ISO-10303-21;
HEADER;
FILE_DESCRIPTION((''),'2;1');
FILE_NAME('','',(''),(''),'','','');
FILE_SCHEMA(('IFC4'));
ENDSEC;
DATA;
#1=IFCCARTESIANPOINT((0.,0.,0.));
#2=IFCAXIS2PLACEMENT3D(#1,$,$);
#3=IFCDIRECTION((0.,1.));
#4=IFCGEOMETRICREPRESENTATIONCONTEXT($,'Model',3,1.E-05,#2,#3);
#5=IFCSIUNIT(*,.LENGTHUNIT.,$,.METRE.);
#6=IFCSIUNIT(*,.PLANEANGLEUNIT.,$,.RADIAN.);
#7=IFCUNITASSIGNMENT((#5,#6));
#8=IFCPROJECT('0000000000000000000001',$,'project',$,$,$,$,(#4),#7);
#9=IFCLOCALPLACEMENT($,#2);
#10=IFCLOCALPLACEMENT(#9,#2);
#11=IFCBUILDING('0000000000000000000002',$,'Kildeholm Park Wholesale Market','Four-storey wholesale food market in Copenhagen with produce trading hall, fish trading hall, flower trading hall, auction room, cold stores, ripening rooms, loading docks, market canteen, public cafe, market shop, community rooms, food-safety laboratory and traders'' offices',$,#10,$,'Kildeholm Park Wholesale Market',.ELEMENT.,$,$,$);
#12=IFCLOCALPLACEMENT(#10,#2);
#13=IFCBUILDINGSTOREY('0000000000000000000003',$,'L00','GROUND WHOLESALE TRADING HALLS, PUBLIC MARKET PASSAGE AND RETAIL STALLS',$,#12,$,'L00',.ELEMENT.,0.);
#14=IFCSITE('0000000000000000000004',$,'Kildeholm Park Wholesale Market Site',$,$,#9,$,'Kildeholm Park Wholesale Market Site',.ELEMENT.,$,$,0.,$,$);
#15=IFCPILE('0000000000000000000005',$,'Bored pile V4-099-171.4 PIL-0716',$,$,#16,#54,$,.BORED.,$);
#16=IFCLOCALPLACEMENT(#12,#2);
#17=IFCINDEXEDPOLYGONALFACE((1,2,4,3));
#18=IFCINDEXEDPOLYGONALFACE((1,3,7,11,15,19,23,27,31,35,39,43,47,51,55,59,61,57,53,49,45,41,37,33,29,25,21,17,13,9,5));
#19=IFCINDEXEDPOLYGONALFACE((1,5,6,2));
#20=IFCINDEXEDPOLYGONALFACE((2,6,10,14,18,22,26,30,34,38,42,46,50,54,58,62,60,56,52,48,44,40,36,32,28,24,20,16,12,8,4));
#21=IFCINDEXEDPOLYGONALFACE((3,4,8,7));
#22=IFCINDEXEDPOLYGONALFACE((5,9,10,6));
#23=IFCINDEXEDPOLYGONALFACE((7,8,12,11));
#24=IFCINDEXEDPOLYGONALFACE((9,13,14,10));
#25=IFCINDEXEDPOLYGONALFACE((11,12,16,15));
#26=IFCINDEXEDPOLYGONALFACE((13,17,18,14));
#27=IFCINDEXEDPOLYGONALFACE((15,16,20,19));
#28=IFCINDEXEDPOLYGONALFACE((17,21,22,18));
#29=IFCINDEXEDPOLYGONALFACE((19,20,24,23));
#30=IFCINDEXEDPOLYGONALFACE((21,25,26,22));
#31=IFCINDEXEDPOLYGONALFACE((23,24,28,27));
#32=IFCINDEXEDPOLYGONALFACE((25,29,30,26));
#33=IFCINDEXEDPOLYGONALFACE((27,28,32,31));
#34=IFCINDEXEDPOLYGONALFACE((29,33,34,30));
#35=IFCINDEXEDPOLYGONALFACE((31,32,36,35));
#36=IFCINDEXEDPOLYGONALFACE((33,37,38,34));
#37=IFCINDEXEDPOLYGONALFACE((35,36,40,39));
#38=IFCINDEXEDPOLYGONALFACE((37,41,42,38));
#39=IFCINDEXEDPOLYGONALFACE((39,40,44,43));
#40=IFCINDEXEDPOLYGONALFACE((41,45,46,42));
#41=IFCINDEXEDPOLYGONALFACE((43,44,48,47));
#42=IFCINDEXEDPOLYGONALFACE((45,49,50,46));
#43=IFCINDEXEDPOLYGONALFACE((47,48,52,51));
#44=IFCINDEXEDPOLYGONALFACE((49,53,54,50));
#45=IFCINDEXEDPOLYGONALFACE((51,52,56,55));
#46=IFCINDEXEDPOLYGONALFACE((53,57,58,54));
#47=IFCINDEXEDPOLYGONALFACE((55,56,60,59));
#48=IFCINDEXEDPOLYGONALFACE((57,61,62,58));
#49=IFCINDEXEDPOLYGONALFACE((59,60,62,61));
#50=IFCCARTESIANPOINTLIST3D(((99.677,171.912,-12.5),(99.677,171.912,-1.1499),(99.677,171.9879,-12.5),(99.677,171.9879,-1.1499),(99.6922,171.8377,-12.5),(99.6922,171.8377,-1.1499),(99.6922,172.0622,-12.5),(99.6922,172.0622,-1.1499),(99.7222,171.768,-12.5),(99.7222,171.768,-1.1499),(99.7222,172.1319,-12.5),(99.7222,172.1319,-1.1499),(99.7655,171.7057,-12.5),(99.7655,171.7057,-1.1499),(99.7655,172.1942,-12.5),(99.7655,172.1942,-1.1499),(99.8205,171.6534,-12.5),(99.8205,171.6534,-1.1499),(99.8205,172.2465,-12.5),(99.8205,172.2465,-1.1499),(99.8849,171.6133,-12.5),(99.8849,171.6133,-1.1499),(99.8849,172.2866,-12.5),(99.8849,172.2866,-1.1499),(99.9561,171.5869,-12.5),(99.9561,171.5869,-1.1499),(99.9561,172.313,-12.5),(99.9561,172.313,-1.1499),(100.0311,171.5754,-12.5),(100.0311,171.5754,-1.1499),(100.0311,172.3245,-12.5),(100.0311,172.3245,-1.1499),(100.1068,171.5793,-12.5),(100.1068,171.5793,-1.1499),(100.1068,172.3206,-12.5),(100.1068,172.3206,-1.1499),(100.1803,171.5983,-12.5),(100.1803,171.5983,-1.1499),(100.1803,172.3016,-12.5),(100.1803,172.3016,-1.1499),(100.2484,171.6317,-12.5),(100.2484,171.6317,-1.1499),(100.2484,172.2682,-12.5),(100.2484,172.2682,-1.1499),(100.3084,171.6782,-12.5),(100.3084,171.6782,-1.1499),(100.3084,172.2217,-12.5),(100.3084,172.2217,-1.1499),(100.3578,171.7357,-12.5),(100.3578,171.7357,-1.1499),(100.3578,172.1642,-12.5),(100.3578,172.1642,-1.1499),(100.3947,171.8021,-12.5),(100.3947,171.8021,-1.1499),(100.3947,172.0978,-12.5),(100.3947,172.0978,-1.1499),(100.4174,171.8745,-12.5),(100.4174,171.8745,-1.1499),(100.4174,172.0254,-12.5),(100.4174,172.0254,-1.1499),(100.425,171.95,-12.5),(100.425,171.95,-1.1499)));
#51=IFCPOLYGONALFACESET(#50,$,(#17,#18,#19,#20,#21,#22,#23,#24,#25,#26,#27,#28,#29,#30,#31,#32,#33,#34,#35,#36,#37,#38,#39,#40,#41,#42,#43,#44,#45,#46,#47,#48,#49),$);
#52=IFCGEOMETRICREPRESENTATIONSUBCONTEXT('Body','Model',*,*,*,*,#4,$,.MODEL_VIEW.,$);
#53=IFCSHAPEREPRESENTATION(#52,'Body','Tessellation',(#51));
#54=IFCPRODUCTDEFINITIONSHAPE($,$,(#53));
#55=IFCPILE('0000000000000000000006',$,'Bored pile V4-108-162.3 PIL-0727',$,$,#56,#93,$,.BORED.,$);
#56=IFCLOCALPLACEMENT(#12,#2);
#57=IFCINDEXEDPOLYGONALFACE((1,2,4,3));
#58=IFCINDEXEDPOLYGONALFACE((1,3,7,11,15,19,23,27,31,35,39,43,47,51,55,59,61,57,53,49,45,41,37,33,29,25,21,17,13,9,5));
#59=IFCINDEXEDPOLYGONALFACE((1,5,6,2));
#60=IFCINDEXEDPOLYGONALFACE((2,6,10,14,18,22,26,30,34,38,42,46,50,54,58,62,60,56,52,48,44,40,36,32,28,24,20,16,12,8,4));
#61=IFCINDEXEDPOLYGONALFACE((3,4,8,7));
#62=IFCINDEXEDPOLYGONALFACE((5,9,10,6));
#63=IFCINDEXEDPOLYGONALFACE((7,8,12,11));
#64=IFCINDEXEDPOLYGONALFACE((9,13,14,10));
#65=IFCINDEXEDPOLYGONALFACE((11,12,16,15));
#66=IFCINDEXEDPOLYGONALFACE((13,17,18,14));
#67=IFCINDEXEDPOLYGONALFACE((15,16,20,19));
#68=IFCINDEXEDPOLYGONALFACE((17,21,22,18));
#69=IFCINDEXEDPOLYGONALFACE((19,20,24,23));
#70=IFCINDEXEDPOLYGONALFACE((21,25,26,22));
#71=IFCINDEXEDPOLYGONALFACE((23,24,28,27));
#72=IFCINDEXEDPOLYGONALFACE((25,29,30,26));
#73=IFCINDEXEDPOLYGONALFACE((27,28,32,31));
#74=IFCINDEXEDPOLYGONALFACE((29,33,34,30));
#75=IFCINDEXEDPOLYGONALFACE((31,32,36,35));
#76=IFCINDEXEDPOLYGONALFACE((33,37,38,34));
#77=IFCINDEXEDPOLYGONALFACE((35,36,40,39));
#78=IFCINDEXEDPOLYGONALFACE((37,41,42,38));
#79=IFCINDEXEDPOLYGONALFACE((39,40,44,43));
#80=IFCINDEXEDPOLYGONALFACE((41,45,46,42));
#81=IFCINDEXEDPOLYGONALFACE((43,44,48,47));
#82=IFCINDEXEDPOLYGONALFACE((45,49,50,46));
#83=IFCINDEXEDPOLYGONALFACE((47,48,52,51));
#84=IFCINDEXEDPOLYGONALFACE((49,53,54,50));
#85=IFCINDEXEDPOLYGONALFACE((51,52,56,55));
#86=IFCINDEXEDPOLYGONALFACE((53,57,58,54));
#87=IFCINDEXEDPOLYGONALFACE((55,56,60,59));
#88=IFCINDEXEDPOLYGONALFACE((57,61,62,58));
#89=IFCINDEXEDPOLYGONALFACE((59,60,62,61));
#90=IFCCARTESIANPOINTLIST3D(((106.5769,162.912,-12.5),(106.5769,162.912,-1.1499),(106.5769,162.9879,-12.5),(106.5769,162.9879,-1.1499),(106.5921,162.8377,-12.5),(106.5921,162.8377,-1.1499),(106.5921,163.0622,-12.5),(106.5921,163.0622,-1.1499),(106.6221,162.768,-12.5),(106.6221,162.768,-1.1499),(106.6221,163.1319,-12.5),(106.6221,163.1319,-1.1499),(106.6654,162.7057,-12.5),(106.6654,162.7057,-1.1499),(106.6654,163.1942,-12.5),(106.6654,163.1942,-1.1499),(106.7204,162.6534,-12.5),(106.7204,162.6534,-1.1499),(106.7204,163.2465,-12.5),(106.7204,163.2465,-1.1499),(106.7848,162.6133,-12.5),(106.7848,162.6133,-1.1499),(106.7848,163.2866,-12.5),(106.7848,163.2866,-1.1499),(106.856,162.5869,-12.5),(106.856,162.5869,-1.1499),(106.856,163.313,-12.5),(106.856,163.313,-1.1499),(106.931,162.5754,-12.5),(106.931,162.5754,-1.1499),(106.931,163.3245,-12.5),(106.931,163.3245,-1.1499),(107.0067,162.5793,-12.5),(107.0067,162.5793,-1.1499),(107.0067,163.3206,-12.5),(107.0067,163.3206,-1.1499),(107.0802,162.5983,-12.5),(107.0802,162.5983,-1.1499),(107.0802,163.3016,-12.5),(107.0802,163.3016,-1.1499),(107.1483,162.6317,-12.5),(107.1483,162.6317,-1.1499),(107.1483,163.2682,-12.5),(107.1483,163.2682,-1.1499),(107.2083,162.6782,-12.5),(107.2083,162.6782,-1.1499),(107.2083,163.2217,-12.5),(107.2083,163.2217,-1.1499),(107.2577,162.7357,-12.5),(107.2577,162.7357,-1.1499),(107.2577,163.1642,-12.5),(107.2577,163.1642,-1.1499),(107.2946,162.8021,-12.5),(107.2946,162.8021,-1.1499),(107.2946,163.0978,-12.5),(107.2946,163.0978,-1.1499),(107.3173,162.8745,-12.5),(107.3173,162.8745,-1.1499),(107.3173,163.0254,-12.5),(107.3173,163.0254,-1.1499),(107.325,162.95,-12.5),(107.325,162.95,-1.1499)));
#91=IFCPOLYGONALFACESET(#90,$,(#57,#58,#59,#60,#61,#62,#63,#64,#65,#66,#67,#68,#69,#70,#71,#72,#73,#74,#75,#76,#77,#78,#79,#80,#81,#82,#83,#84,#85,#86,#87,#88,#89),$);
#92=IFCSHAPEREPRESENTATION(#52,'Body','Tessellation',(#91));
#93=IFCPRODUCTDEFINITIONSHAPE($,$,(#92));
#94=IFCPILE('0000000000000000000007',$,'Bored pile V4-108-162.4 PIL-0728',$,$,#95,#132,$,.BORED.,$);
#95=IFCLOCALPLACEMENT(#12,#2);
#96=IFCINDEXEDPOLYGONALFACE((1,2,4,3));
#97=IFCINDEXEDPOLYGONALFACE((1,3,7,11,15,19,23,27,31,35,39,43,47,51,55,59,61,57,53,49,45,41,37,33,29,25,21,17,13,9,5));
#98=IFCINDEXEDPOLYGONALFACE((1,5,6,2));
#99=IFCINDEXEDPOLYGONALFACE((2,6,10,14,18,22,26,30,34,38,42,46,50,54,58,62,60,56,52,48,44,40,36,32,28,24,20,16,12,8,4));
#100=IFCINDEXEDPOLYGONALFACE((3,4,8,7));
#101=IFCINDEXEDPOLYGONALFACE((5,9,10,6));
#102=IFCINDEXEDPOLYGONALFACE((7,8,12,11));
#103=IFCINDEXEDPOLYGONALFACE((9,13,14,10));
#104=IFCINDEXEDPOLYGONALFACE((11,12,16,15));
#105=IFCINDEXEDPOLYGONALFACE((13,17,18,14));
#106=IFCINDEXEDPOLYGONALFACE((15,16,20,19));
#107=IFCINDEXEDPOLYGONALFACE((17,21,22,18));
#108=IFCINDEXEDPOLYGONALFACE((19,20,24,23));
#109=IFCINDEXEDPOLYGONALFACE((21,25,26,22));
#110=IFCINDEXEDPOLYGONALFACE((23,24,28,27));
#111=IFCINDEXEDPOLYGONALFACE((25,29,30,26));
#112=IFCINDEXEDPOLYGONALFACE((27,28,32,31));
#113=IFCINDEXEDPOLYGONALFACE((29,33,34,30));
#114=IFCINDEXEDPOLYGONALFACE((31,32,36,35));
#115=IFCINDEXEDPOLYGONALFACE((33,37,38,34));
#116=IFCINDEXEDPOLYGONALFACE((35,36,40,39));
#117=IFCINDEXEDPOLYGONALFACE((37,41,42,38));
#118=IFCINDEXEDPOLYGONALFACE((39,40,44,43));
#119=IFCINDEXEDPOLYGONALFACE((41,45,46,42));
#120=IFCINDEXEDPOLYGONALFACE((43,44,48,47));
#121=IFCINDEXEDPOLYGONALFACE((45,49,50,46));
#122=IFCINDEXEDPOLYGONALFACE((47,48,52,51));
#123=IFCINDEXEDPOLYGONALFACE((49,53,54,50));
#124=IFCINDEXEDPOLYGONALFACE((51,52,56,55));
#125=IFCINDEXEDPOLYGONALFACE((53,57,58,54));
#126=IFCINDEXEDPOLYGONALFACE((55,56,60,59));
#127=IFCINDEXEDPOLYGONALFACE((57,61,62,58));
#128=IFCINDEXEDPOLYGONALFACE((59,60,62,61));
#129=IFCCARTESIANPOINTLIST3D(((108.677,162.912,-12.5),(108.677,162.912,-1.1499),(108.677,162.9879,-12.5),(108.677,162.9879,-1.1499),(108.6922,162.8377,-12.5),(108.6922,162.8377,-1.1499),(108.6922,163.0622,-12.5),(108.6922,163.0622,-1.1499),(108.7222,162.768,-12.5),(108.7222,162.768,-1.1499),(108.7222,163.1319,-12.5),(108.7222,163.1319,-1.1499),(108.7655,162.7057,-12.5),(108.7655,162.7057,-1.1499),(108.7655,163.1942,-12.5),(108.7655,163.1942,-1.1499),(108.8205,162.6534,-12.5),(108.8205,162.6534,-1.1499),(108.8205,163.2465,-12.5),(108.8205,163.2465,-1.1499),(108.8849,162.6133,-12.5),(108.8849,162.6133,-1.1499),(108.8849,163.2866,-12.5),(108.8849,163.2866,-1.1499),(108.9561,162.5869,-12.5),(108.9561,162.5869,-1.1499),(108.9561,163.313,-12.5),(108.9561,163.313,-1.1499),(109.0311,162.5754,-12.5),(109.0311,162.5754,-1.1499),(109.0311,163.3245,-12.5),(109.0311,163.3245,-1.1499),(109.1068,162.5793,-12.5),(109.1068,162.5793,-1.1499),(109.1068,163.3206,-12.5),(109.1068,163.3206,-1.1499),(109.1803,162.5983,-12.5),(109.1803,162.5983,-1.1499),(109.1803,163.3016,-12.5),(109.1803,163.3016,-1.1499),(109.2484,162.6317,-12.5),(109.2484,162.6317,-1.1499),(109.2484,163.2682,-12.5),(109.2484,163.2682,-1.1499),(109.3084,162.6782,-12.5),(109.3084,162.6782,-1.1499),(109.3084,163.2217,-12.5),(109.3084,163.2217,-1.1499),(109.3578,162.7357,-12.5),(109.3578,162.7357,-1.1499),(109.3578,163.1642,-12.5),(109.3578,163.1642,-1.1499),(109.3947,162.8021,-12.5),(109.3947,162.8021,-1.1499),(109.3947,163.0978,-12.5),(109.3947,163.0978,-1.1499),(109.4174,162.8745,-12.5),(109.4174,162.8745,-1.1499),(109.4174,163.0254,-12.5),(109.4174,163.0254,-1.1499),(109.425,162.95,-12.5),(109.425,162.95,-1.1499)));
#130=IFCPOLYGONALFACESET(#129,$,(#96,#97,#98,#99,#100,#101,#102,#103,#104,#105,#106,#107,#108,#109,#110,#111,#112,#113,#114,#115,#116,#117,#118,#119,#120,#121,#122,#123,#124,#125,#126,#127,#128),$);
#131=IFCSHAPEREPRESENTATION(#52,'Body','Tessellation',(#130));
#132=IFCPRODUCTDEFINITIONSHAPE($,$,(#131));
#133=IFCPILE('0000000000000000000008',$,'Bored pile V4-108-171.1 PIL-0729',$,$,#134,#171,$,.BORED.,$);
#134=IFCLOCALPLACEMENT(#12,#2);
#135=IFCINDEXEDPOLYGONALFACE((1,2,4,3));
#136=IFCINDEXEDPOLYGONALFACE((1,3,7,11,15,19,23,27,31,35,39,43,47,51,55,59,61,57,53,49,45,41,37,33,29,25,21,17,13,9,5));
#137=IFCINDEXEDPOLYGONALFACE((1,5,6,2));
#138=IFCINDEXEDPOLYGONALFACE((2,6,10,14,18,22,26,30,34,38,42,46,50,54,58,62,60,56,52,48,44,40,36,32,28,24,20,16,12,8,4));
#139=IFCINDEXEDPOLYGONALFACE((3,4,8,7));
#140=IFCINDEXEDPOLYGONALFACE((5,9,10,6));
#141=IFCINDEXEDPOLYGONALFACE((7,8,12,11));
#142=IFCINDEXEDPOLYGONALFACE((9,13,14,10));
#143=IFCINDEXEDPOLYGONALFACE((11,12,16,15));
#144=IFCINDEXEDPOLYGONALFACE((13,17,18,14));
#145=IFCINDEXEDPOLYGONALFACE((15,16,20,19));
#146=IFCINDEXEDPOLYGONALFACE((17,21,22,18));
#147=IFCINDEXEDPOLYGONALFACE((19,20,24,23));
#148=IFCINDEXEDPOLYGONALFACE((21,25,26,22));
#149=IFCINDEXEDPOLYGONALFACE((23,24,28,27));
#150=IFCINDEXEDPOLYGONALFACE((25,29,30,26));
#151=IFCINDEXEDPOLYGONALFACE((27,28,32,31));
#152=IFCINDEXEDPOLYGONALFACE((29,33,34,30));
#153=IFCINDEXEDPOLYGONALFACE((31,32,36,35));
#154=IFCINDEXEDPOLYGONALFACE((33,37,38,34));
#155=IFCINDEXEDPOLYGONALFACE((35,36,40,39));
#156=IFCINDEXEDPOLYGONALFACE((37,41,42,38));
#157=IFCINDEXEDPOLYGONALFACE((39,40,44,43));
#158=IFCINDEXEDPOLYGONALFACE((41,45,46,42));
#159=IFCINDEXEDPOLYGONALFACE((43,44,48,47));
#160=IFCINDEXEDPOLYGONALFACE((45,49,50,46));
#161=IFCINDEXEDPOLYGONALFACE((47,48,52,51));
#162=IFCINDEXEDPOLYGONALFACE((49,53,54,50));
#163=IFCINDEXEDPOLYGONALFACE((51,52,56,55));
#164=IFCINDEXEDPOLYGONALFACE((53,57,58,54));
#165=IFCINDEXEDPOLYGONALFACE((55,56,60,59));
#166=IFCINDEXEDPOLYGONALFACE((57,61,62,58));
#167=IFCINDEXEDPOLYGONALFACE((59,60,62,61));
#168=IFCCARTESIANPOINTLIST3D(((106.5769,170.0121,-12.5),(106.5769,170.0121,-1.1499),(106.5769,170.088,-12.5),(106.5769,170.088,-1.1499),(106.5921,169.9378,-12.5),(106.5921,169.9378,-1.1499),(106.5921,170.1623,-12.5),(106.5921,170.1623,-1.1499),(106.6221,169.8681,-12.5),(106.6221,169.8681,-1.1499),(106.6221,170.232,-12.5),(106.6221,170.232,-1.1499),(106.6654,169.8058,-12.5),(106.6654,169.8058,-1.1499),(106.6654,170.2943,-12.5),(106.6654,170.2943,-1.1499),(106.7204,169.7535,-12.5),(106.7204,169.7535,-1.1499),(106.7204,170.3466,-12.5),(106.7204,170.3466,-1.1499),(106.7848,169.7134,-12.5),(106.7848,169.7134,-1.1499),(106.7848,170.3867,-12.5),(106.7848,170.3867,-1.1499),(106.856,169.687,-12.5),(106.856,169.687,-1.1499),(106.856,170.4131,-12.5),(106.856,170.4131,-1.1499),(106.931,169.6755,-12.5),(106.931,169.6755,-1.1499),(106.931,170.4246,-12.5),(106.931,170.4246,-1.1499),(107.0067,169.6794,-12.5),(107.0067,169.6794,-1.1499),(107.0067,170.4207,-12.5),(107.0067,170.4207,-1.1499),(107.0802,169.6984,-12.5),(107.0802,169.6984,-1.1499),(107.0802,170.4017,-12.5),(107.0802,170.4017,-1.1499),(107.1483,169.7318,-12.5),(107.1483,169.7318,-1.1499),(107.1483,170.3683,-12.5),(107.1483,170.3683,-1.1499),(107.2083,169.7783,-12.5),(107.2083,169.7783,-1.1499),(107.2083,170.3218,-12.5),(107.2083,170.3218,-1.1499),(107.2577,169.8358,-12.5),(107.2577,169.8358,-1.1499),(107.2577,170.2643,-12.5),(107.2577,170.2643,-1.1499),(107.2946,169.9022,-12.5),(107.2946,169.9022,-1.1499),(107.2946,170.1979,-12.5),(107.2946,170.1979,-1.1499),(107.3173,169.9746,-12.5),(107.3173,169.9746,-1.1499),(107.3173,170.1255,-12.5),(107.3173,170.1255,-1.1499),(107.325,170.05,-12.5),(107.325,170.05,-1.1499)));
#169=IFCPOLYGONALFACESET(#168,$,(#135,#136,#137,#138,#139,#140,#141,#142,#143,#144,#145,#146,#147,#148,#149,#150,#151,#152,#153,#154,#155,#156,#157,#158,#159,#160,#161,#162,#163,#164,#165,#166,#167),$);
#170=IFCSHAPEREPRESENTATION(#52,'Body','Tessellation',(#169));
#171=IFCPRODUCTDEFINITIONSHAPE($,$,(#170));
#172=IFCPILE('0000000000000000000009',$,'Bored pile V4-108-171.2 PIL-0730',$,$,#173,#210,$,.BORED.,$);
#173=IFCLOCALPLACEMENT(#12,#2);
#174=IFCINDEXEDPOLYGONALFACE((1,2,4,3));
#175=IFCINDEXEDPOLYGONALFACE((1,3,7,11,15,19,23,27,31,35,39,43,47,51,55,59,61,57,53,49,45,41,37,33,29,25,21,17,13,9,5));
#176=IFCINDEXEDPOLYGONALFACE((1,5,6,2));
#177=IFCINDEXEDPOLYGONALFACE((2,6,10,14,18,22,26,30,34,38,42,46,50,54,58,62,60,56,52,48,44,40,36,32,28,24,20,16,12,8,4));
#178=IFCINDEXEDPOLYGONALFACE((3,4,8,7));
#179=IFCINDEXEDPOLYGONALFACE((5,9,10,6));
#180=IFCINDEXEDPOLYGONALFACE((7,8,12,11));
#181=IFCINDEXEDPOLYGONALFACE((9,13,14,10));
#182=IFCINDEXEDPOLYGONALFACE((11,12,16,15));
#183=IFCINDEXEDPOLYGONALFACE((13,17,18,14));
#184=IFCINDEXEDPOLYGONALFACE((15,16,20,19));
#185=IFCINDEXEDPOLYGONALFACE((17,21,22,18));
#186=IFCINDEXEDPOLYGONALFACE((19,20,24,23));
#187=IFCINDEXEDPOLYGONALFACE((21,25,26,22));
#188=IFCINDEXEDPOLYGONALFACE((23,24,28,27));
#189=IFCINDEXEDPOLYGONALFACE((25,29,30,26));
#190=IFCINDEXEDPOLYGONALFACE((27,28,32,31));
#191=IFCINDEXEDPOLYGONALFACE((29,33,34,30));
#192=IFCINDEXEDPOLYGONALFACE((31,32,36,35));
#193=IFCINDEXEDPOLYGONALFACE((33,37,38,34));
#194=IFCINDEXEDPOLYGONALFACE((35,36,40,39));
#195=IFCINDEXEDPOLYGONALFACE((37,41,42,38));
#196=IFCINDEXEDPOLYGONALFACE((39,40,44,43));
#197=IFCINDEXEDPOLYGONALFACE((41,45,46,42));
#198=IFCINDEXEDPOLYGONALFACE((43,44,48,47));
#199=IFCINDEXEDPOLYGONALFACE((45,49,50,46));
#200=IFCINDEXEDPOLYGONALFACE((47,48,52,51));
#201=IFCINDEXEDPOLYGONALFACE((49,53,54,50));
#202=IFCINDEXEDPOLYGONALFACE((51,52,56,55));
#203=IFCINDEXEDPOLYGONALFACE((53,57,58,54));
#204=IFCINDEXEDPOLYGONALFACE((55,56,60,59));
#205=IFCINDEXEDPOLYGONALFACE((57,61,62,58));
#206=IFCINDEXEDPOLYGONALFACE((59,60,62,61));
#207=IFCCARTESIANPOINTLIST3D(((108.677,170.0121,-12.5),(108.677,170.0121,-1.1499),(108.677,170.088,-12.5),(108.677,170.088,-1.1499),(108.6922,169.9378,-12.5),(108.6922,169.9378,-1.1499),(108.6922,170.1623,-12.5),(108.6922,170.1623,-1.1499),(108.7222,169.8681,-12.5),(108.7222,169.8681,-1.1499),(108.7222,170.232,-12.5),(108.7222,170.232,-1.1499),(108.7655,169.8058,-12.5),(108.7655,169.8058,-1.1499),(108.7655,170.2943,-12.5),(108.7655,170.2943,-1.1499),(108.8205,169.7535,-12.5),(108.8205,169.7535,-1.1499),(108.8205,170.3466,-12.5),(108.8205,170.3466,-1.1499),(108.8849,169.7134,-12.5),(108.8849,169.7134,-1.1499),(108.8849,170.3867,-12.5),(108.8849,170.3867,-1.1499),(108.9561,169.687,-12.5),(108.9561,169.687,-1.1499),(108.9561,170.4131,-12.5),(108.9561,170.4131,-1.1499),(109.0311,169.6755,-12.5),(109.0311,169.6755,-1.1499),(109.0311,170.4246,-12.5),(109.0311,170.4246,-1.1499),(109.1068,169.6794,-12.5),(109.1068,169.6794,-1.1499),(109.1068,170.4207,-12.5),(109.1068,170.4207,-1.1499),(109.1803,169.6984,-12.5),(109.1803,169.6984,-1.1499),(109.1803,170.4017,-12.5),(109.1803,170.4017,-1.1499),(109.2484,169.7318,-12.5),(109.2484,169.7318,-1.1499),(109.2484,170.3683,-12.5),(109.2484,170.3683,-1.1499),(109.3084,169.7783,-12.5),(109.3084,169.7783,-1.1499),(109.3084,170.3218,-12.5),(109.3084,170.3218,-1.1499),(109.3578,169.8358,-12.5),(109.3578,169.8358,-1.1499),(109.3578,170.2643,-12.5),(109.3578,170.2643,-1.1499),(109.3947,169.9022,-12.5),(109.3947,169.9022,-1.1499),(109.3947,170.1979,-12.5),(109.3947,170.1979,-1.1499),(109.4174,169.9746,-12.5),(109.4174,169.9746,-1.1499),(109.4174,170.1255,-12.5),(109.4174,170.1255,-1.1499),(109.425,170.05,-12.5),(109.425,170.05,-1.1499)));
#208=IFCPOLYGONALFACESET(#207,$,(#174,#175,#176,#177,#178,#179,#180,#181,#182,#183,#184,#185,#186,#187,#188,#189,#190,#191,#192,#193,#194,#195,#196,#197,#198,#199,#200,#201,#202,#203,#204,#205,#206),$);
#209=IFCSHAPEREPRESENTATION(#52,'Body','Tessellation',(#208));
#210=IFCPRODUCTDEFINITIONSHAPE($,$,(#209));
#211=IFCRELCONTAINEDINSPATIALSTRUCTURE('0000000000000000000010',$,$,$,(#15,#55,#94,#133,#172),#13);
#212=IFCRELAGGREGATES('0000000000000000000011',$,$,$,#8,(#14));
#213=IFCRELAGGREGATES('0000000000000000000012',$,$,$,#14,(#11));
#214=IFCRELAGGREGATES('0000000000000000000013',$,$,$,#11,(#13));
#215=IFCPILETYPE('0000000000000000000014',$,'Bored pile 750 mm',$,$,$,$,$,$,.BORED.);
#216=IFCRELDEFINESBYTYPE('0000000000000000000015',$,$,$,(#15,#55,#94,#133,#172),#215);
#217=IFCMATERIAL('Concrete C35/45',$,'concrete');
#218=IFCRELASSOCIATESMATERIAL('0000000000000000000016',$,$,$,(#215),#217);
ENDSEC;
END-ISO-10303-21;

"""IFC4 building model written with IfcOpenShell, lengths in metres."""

from ifc_helpers import new_model, si_unit, direction, frame, origin, origin_2d, place, context, subcontext, project, spatial, circle, extrude, material, material_profile, profile_set, type_object, element, save


model = new_model("IFC4")

# Units and contexts
model_context = context("Model", 3, precision=1e-05, world=origin(), true_north=direction((0.0, 1.0)))
body_context = subcontext(model_context, "Body", "Model", "MODEL_VIEW")
ifc_project = project(units=[si_unit("LENGTHUNIT", "METRE"), si_unit("PLANEANGLEUNIT", "RADIAN")], contexts=[model_context])

# Site, building, storey
site_placement = place(None, origin())
site = spatial("IfcSite", under=ifc_project, at=site_placement, Name="Kildeholm Park Wholesale Market Site", LongName="Kildeholm Park Wholesale Market Site", CompositionType="ELEMENT", RefElevation=0.0)
building_placement = place(site_placement, origin())
building = spatial("IfcBuilding", under=site, at=building_placement, Name="Kildeholm Park Wholesale Market", Description="Four-storey wholesale food market in Copenhagen with produce trading hall, fish trading hall, flower trading hall, auction room, cold stores, ripening rooms, loading docks, market canteen, public cafe, market shop, community rooms, food-safety laboratory and traders' offices", LongName="Kildeholm Park Wholesale Market", CompositionType="ELEMENT")
storey_placement = place(building_placement, origin())
storey = spatial("IfcBuildingStorey", under=building, at=storey_placement, Name="L00", Description="GROUND WHOLESALE TRADING HALLS, PUBLIC MARKET PASSAGE AND RETAIL STALLS", LongName="L00", CompositionType="ELEMENT", Elevation=0.0)

# Piles
ifc_material_1 = material(Name="Concrete C35/45", Category="concrete")
ifc_material_profile_1 = material_profile(ifc_material_1, circle(Radius=0.375, at=origin_2d()), Name="PILE D750")
ifc_profile_set_1 = profile_set([ifc_material_profile_1], Name="Concrete C35/45")
pile_type = type_object("IfcPileType", Name="Bored pile 750 mm", PredefinedType="BORED", material=ifc_profile_set_1)
for number, where, z_axis, x_axis, name in (
    (1, (100.05, 171.95, -1.1499), (0.0, 0.0, -1.0), (1.0, 0.0, 0.0), "Bored pile V4-099-171.4 PIL-0716"),
    (2, (106.95, 162.95, -1.1499), (0.0, 0.0, -1.0), (1.0, 0.0, 0.0), "Bored pile V4-108-162.3 PIL-0727"),
    (3, (109.05, 162.95, -1.1499), (0.0, 0.0, -1.0), (1.0, 0.0, 0.0), "Bored pile V4-108-162.4 PIL-0728"),
    (4, (106.95, 170.05, -1.1499), (0.0, 0.0, -1.0), (1.0, 0.0, 0.0), "Bored pile V4-108-171.1 PIL-0729"),
    (5, (109.05, 170.05, -1.1499), (0.0, 0.0, -1.0), (1.0, 0.0, 0.0), "Bored pile V4-108-171.2 PIL-0730"),
):
    element("IfcPile", number, at=place(storey_placement, frame(where, z_axis=z_axis, x_axis=x_axis)), inside=storey, type_object=pile_type, Name=name, PredefinedType="BORED", context=body_context, shape_type="SweptSolid", body=[
        extrude(circle(Radius=0.375, at=origin_2d()), origin(), (0.0, 0.0, 1.0), 11.3501),
    ])

save(model, "model.ifc")
